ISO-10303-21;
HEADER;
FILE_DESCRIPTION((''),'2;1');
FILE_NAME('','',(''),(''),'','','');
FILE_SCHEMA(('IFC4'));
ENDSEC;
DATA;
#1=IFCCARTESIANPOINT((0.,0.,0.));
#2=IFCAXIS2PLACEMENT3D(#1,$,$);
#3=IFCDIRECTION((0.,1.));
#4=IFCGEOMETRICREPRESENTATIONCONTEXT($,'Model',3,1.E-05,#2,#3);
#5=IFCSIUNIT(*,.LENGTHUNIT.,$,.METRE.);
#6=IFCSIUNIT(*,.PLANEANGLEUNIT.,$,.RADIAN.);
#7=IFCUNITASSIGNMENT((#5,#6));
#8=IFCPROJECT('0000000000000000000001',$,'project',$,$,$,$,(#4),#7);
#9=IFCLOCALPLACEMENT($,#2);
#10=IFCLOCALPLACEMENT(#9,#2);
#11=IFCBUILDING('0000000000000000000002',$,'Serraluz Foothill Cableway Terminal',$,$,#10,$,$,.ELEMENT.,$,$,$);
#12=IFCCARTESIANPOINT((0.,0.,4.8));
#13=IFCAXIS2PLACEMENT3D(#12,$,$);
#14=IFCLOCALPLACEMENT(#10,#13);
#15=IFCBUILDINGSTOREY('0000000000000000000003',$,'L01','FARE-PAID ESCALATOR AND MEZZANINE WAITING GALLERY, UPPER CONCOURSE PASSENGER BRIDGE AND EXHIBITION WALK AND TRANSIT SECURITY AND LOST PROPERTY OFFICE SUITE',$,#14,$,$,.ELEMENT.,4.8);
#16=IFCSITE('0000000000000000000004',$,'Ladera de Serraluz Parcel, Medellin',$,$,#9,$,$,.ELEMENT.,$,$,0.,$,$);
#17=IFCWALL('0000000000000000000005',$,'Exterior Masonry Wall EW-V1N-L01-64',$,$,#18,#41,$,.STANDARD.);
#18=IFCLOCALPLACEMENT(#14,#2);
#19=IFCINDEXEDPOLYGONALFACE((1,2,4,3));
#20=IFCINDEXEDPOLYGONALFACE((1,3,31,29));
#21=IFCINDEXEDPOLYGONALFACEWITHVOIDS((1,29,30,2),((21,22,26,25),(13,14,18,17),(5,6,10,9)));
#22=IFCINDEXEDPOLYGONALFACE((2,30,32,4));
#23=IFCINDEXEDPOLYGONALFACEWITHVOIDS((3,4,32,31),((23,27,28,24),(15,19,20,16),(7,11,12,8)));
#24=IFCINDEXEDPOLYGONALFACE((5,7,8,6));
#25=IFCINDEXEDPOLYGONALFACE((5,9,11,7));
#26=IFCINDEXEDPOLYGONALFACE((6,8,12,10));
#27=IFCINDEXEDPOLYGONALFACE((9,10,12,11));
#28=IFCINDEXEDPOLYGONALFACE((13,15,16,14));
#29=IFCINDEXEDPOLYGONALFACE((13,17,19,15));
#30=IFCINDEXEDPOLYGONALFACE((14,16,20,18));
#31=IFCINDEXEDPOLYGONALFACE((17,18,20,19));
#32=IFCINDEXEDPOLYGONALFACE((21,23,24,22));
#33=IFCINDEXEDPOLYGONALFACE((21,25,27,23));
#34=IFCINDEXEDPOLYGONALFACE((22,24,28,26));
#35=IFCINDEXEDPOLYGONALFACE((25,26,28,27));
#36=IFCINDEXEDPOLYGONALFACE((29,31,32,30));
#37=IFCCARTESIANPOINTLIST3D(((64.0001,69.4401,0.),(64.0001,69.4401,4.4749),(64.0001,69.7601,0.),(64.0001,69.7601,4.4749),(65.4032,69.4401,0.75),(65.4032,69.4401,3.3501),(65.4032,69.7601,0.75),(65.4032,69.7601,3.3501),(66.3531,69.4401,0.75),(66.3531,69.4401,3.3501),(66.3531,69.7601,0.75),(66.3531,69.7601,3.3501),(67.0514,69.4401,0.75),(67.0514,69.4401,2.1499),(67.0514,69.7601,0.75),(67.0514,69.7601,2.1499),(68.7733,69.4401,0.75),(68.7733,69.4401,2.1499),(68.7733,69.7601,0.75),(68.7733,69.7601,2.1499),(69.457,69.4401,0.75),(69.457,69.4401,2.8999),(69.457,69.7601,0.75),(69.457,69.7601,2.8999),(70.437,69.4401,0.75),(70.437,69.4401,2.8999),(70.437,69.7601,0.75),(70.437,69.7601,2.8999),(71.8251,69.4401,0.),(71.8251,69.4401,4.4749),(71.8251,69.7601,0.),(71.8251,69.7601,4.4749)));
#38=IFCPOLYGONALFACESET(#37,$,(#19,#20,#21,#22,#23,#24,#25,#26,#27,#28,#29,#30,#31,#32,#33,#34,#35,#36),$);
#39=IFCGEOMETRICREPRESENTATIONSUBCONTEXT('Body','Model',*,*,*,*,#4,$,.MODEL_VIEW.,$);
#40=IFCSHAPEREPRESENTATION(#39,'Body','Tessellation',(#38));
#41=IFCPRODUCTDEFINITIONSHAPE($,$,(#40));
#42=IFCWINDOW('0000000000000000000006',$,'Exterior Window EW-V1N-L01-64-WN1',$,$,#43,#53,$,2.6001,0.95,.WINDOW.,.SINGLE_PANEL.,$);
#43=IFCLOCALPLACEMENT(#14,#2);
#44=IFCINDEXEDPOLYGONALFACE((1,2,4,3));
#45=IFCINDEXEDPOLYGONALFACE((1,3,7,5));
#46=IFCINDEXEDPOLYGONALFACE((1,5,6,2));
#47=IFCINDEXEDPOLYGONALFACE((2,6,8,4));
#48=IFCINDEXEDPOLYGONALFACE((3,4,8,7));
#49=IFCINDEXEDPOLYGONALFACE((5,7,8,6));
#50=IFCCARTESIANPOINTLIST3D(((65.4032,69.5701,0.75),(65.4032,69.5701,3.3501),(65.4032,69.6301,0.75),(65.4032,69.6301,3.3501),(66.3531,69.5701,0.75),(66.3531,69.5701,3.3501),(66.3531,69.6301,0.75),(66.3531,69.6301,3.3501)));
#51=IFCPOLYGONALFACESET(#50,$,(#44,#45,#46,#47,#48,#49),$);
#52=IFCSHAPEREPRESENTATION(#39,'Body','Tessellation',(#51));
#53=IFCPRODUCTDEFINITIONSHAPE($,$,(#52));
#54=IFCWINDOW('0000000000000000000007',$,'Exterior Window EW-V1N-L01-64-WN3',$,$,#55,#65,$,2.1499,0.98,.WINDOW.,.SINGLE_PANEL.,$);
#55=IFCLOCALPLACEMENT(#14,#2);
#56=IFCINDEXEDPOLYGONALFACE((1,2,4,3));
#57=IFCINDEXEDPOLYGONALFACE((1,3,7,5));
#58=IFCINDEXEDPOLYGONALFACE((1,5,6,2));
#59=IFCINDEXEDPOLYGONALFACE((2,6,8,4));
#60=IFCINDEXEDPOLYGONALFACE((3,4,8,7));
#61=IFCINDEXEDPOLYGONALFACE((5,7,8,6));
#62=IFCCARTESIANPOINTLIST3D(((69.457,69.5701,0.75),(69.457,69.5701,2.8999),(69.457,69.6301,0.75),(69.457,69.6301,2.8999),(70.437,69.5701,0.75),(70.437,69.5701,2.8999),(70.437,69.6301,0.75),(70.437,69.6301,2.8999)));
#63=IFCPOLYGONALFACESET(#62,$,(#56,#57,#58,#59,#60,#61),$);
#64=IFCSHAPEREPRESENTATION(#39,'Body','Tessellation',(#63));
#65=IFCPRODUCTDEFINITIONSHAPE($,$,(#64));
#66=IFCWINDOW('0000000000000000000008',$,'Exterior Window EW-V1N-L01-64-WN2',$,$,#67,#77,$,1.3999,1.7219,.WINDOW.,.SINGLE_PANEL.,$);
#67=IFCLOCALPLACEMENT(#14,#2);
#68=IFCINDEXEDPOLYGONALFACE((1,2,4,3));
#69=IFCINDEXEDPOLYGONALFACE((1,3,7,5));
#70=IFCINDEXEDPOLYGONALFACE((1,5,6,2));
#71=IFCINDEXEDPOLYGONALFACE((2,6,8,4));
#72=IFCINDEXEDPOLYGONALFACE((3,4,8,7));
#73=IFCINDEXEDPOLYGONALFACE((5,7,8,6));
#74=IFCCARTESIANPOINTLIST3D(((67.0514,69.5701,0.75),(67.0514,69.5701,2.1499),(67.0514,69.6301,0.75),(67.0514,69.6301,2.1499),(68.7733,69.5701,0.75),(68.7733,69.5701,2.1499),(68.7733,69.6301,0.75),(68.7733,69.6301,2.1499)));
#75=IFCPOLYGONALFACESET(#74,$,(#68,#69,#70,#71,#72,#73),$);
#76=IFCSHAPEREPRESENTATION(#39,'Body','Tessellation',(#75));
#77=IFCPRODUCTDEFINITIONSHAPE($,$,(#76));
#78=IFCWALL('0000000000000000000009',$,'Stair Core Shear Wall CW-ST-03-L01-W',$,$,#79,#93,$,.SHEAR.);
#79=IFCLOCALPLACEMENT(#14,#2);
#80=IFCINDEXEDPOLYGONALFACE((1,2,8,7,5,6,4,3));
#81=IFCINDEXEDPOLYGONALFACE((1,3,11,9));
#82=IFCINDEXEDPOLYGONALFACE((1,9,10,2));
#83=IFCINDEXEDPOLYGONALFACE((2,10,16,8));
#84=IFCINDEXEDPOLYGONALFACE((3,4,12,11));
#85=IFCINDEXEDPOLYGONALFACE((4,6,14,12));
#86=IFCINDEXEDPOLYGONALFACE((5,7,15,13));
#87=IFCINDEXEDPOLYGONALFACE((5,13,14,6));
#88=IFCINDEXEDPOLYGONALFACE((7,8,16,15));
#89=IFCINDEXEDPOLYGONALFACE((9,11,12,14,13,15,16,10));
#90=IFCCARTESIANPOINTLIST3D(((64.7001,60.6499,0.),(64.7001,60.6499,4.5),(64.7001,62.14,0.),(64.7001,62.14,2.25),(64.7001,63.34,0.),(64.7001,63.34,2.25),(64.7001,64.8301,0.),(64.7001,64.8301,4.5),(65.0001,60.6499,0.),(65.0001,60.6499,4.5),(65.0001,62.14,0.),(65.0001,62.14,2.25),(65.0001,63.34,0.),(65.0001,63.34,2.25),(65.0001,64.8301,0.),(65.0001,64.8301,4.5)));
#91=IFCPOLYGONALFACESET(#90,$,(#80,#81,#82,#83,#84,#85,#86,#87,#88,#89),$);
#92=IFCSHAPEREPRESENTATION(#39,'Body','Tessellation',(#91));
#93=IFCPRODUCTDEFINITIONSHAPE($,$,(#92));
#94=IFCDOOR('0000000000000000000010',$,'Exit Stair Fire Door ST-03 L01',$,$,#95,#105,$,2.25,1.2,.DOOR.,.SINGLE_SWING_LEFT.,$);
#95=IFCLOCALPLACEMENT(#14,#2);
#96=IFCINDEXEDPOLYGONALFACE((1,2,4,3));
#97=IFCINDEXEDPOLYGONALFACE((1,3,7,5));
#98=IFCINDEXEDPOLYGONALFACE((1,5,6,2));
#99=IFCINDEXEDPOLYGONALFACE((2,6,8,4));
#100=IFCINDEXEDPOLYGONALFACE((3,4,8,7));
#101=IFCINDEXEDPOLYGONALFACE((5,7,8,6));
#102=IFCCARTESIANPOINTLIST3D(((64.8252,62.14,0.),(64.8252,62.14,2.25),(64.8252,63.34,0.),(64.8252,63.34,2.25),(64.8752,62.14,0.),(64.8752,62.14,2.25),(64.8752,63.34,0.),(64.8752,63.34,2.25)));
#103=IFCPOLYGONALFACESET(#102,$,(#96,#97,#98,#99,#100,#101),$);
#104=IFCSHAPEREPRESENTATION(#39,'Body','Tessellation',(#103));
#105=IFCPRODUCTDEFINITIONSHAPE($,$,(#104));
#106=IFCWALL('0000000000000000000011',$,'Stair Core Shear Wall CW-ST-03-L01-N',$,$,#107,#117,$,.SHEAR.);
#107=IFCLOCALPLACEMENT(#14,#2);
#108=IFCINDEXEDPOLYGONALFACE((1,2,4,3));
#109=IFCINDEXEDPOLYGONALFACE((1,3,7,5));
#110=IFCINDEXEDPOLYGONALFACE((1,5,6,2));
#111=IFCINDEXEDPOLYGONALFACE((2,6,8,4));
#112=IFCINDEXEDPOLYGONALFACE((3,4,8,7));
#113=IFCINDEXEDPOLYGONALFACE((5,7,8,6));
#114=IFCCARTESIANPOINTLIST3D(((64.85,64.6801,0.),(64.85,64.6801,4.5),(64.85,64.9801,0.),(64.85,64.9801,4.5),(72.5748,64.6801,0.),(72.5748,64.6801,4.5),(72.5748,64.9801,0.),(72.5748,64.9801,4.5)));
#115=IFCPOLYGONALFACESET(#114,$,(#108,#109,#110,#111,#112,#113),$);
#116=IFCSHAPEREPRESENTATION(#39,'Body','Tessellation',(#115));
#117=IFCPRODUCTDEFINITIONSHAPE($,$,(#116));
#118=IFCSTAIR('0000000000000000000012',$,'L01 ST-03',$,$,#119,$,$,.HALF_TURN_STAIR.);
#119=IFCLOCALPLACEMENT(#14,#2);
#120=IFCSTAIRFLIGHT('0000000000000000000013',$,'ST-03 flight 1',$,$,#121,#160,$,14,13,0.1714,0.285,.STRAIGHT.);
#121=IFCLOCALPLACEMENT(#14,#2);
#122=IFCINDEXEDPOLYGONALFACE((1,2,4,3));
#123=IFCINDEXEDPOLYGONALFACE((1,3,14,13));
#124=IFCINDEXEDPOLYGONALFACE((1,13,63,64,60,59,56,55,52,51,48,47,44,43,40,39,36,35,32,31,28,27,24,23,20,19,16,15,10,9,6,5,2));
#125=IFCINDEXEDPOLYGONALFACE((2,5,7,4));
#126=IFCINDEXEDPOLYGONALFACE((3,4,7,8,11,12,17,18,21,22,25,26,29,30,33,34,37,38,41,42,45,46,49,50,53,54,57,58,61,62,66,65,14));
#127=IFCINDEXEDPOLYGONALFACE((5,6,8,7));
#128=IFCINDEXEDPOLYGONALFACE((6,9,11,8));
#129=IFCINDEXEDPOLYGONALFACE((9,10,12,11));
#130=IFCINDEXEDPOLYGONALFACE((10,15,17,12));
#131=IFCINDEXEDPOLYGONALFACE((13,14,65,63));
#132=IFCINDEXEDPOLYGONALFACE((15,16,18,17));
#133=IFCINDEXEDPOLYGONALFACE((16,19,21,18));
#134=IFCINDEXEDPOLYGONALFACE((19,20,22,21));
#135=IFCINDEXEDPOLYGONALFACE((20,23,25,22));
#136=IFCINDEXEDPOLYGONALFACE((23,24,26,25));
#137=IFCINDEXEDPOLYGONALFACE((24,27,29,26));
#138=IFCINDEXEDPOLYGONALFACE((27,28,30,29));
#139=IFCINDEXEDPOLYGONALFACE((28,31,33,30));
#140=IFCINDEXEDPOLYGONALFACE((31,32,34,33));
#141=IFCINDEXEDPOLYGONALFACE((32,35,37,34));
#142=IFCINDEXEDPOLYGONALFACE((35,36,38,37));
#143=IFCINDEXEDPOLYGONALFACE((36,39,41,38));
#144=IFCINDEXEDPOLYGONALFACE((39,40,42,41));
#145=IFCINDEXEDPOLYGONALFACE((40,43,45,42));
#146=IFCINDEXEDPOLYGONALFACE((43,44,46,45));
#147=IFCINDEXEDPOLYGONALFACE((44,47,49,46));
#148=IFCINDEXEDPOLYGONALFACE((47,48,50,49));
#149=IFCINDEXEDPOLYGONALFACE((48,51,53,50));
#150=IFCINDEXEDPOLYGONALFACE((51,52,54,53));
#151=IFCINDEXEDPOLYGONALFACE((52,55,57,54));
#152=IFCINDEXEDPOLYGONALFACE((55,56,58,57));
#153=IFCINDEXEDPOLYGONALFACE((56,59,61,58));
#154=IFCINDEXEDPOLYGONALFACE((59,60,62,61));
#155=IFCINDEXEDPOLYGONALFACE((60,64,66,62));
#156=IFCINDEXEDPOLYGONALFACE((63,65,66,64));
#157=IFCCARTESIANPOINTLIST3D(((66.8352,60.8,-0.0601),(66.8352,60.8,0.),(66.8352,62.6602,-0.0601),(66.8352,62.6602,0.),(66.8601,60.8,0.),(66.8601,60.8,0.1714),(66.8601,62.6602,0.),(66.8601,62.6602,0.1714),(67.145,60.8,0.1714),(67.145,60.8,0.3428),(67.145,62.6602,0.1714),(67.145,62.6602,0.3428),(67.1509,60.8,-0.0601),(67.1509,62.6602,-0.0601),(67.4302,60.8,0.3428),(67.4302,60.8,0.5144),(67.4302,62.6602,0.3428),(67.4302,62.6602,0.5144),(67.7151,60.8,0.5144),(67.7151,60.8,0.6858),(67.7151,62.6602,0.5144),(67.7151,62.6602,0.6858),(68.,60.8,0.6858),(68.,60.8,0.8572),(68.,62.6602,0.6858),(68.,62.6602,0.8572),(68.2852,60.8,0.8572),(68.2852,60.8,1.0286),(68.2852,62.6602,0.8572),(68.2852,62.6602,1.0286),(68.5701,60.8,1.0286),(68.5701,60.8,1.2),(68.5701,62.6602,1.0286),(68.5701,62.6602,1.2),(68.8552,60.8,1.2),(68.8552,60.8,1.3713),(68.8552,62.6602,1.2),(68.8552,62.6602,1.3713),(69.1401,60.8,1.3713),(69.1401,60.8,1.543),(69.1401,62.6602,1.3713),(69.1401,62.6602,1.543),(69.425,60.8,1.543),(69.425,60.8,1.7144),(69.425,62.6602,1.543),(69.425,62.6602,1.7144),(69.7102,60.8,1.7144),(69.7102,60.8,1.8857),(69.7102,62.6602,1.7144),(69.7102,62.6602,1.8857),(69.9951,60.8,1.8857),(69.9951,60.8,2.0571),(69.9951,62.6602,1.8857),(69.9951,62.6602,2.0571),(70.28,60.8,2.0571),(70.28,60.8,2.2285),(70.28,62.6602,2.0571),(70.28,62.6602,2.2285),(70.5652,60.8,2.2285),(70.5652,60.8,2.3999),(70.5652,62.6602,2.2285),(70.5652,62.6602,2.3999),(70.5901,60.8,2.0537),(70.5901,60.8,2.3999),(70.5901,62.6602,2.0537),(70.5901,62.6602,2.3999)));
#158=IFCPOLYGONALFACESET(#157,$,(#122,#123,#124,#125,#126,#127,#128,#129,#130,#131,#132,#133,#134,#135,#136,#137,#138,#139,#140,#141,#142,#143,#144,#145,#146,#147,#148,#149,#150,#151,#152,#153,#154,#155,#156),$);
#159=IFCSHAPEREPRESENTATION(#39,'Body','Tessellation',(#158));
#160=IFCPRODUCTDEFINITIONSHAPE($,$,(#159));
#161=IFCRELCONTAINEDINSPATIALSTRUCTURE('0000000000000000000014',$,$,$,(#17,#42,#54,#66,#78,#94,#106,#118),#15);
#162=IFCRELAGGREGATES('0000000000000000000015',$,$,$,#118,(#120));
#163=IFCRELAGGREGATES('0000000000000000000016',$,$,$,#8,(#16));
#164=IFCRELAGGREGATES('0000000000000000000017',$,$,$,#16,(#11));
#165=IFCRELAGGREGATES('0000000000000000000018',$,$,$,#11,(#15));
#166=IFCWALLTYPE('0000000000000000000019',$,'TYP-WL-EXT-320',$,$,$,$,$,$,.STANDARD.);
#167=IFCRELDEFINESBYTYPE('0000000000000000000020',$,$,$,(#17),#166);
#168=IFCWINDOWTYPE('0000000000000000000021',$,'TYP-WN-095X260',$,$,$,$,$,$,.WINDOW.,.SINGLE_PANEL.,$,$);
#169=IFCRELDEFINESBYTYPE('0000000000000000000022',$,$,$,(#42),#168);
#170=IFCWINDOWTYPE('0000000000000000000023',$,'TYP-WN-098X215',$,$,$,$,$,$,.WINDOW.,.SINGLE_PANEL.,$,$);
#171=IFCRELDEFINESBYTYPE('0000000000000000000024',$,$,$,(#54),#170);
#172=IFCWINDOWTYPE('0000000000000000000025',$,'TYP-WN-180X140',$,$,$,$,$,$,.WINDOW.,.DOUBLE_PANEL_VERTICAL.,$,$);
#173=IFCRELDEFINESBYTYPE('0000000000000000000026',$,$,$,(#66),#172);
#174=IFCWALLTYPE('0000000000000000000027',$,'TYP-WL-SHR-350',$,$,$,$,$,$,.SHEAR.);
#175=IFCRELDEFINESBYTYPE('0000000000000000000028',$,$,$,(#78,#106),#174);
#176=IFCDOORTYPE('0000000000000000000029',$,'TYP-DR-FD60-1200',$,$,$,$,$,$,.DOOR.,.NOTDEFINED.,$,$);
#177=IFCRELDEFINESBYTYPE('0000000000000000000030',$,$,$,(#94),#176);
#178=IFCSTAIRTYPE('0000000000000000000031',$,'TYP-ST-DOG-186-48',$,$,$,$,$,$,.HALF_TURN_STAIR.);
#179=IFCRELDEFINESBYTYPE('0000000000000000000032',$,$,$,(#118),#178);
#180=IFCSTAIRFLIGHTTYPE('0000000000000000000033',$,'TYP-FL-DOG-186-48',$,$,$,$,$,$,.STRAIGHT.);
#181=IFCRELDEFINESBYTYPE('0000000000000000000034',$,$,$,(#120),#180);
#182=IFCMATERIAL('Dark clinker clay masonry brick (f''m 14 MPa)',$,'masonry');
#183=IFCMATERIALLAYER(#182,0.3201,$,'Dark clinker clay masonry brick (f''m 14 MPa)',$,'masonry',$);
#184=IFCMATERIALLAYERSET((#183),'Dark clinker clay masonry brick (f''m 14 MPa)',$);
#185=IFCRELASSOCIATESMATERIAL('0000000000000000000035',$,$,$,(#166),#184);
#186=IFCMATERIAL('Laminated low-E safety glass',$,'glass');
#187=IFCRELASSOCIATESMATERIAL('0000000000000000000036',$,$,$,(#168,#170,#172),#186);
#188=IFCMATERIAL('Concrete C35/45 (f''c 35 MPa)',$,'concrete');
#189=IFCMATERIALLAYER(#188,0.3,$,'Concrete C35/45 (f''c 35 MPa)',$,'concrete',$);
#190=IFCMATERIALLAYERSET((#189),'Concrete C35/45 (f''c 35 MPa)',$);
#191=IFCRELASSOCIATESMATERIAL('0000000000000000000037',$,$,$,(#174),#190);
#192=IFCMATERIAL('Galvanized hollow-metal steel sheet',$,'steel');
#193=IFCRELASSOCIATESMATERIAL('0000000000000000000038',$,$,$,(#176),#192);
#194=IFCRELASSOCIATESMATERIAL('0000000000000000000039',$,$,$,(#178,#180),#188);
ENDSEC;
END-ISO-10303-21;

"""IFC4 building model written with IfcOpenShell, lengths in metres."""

from ifc_helpers import new_model, si_unit, direction, frame, frame_2d, origin, place, context, subcontext, project, spatial, polyline, rectangle, outline, extrude, material, layer, layer_set, type_object, element, fill, aggregate, save


model = new_model("IFC4")

# Units and contexts
model_context = context("Model", 3, precision=1e-05, world=origin(), true_north=direction((0.0, 1.0)))
body_context = subcontext(model_context, "Body", "Model", "MODEL_VIEW")
ifc_project = project(units=[si_unit("LENGTHUNIT", "METRE"), si_unit("PLANEANGLEUNIT", "RADIAN")], contexts=[model_context])

# Site, building, storey
site_placement = place(None, origin())
site = spatial("IfcSite", under=ifc_project, at=site_placement, Name="Ladera de Serraluz Parcel, Medellin", CompositionType="ELEMENT", RefElevation=0.0)
building_placement = place(site_placement, origin())
building = spatial("IfcBuilding", under=site, at=building_placement, Name="Serraluz Foothill Cableway Terminal", CompositionType="ELEMENT")
storey_placement = place(building_placement, frame((0.0, 0.0, 4.8)))
storey = spatial("IfcBuildingStorey", under=building, at=storey_placement, Name="L01", Description="FARE-PAID ESCALATOR AND MEZZANINE WAITING GALLERY, UPPER CONCOURSE PASSENGER BRIDGE AND EXHIBITION WALK AND TRANSIT SECURITY AND LOST PROPERTY OFFICE SUITE", CompositionType="ELEMENT", Elevation=4.8)

# Shared definitions
ifc_material_1 = material(Name="Concrete C35/45 (f'c 35 MPa)", Category="concrete")

# Wall, openings, windows
ifc_material_2 = material(Name="Dark clinker clay masonry brick (f'm 14 MPa)", Category="masonry")
ifc_layer_1 = layer(ifc_material_2, 0.3201, Name="Dark clinker clay masonry brick (f'm 14 MPa)", Category="masonry")
ifc_layer_set_1 = layer_set([ifc_layer_1], Name="Dark clinker clay masonry brick (f'm 14 MPa)")
wall_type_1 = type_object("IfcWallType", Name="TYP-WL-EXT-320", PredefinedType="STANDARD", material=ifc_layer_set_1)
wall_1_placement = place(storey_placement, frame((64.0, 69.6001, 0.0), z_axis=(0.0, 0.0, 1.0), x_axis=(1.0, 0.0, 0.0)))
wall_1 = element("IfcWall", 1, at=wall_1_placement, inside=storey, type_object=wall_type_1, Name="Exterior Masonry Wall EW-V1N-L01-64", PredefinedType="STANDARD", context=body_context, shape_type="SweptSolid", body=[
    extrude(rectangle(XDim=7.825, YDim=0.3201, at=frame_2d((3.9126, 0.0))), origin(), (0.0, 0.0, 1.0), 4.4749),
])
opening_1_placement = place(wall_1_placement, frame((1.4031, 0.0, 0.75)))
opening_1 = element("IfcOpeningElement", 2, at=opening_1_placement, cuts=wall_1, PredefinedType="OPENING", context=body_context, shape_type="SweptSolid", body=[
    extrude(rectangle(XDim=0.95, YDim=2.6001, at=frame_2d((0.4751, 1.3))), frame((0.0, 0.1699, 0.0), z_axis=(0.0, -1.0, 0.0), x_axis=(1.0, 0.0, 0.0)), (0.0, 0.0, 1.0), 0.3401),
])
opening_2_placement = place(wall_1_placement, frame((3.0515, 0.0, 0.75)))
opening_2 = element("IfcOpeningElement", 3, at=opening_2_placement, cuts=wall_1, PredefinedType="OPENING", context=body_context, shape_type="SweptSolid", body=[
    extrude(rectangle(XDim=1.7219, YDim=1.3999, at=frame_2d((0.8608, 0.7))), frame((0.0, 0.1699, 0.0), z_axis=(0.0, -1.0, 0.0), x_axis=(1.0, 0.0, 0.0)), (0.0, 0.0, 1.0), 0.3401),
])
opening_3_placement = place(wall_1_placement, frame((5.457, 0.0, 0.75)))
opening_3 = element("IfcOpeningElement", 4, at=opening_3_placement, cuts=wall_1, PredefinedType="OPENING", context=body_context, shape_type="SweptSolid", body=[
    extrude(rectangle(XDim=0.98, YDim=2.1499, at=frame_2d((0.49, 1.075))), frame((0.0, 0.1699, 0.0), z_axis=(0.0, -1.0, 0.0), x_axis=(1.0, 0.0, 0.0)), (0.0, 0.0, 1.0), 0.3401),
])
ifc_material_3 = material(Name="Laminated low-E safety glass", Category="glass")
window_type_1 = type_object("IfcWindowType", Name="TYP-WN-095X260", PartitioningType="SINGLE_PANEL", PredefinedType="WINDOW", material=ifc_material_3)
window_1_placement = place(opening_1_placement, origin())
window_1 = element("IfcWindow", 5, at=window_1_placement, inside=storey, type_object=window_type_1, Name="Exterior Window EW-V1N-L01-64-WN1", OverallHeight=2.6001, OverallWidth=0.95, PartitioningType="SINGLE_PANEL", PredefinedType="WINDOW", context=body_context, shape_type="SweptSolid", body=[
    extrude(rectangle(XDim=0.95, YDim=2.6001, at=frame_2d((0.4751, 1.3))), frame((0.0, 0.03, 0.0), z_axis=(0.0, -1.0, 0.0), x_axis=(1.0, 0.0, 0.0)), (0.0, 0.0, 1.0), 0.0601),
])
fill(opening_1, window_1)
window_type_2 = type_object("IfcWindowType", Name="TYP-WN-098X215", PartitioningType="SINGLE_PANEL", PredefinedType="WINDOW", material=ifc_material_3)
window_2_placement = place(opening_3_placement, origin())
window_2 = element("IfcWindow", 6, at=window_2_placement, inside=storey, type_object=window_type_2, Name="Exterior Window EW-V1N-L01-64-WN3", OverallHeight=2.1499, OverallWidth=0.98, PartitioningType="SINGLE_PANEL", PredefinedType="WINDOW", context=body_context, shape_type="SweptSolid", body=[
    extrude(rectangle(XDim=0.98, YDim=2.1499, at=frame_2d((0.49, 1.075))), frame((0.0, 0.03, 0.0), z_axis=(0.0, -1.0, 0.0), x_axis=(1.0, 0.0, 0.0)), (0.0, 0.0, 1.0), 0.0601),
])
fill(opening_3, window_2)
window_type_3 = type_object("IfcWindowType", Name="TYP-WN-180X140", PartitioningType="DOUBLE_PANEL_VERTICAL", PredefinedType="WINDOW", material=ifc_material_3)
window_3_placement = place(opening_2_placement, origin())
window_3 = element("IfcWindow", 7, at=window_3_placement, inside=storey, type_object=window_type_3, Name="Exterior Window EW-V1N-L01-64-WN2", OverallHeight=1.3999, OverallWidth=1.7219, PartitioningType="SINGLE_PANEL", PredefinedType="WINDOW", context=body_context, shape_type="SweptSolid", body=[
    extrude(rectangle(XDim=1.7219, YDim=1.3999, at=frame_2d((0.8608, 0.7))), frame((0.0, 0.03, 0.0), z_axis=(0.0, -1.0, 0.0), x_axis=(1.0, 0.0, 0.0)), (0.0, 0.0, 1.0), 0.0601),
])
fill(opening_2, window_3)

# Wall, opening, door
ifc_layer_2 = layer(ifc_material_1, 0.3, Name="Concrete C35/45 (f'c 35 MPa)", Category="concrete")
ifc_layer_set_2 = layer_set([ifc_layer_2], Name="Concrete C35/45 (f'c 35 MPa)")
wall_type_2 = type_object("IfcWallType", Name="TYP-WL-SHR-350", PredefinedType="SHEAR", material=ifc_layer_set_2)
wall_2_placement = place(storey_placement, frame((64.8501, 60.6499, 0.0), z_axis=(0.0, 0.0, 1.0), x_axis=(0.0, 1.0, 0.0)))
wall_2 = element("IfcWall", 8, at=wall_2_placement, inside=storey, type_object=wall_type_2, Name="Stair Core Shear Wall CW-ST-03-L01-W", PredefinedType="SHEAR", context=body_context, shape_type="SweptSolid", body=[
    extrude(rectangle(XDim=4.1802, YDim=0.3, at=frame_2d((2.0901, 0.0))), origin(), (0.0, 0.0, 1.0), 4.5),
])
opening_4_placement = place(wall_2_placement, frame((1.49, 0.0, 0.0)))
opening_4 = element("IfcOpeningElement", 9, at=opening_4_placement, cuts=wall_2, PredefinedType="OPENING", context=body_context, shape_type="SweptSolid", body=[
    extrude(rectangle(XDim=1.2, YDim=2.25, at=frame_2d((0.6001, 1.125))), frame((0.0, 0.1602, 0.0), z_axis=(0.0, -1.0, 0.0), x_axis=(1.0, 0.0, 0.0)), (0.0, 0.0, 1.0), 0.3201),
])
ifc_material_4 = material(Name="Galvanized hollow-metal steel sheet", Category="steel")
door_type = type_object("IfcDoorType", Name="TYP-DR-FD60-1200", OperationType="NOTDEFINED", PredefinedType="DOOR", material=ifc_material_4)
door_placement = place(opening_4_placement, origin())
door = element("IfcDoor", 10, at=door_placement, inside=storey, type_object=door_type, Name="Exit Stair Fire Door ST-03 L01", OperationType="SINGLE_SWING_LEFT", OverallHeight=2.25, OverallWidth=1.2, PredefinedType="DOOR", context=body_context, shape_type="SweptSolid", body=[
    extrude(rectangle(XDim=1.2, YDim=2.25, at=frame_2d((0.6001, 1.125))), frame((0.0, 0.0249, 0.0), z_axis=(0.0, -1.0, 0.0), x_axis=(1.0, 0.0, 0.0)), (0.0, 0.0, 1.0), 0.05),
])
fill(opening_4, door)

# Wall
wall_3_placement = place(storey_placement, frame((64.8501, 64.8301, 0.0), z_axis=(0.0, 0.0, 1.0), x_axis=(1.0, 0.0, 0.0)))
element("IfcWall", 11, at=wall_3_placement, inside=storey, type_object=wall_type_2, Name="Stair Core Shear Wall CW-ST-03-L01-N", PredefinedType="SHEAR", context=body_context, shape_type="SweptSolid", body=[
    extrude(rectangle(XDim=7.7249, YDim=0.3, at=frame_2d((3.8623, 0.0))), origin(), (0.0, 0.0, 1.0), 4.5),
])

# Stair, stair flight
stair_type = type_object("IfcStairType", Name="TYP-ST-DOG-186-48", PredefinedType="HALF_TURN_STAIR", material=ifc_material_1)
stair_placement = place(storey_placement, origin())
stair = element("IfcStair", 12, at=stair_placement, inside=storey, type_object=stair_type, Name="L01 ST-03", PredefinedType="HALF_TURN_STAIR")
stair_flight_type = type_object("IfcStairFlightType", Name="TYP-FL-DOG-186-48", PredefinedType="STRAIGHT", material=ifc_material_1)
stair_flight_placement = place(storey_placement, frame((66.8601, 61.73, 0.0), z_axis=(0.0, 0.0, 1.0), x_axis=(1.0, 0.0, 0.0)))
stair_flight = element("IfcStairFlight", 13, at=stair_flight_placement, type_object=stair_flight_type, Name="ST-03 flight 1", NumberOfRisers=14, NumberOfTreads=13, PredefinedType="STRAIGHT", RiserHeight=0.1714, TreadLength=0.285, context=body_context, shape_type="SweptSolid", body=[
    extrude(outline(polyline([(-0.0249, -0.0601), (-0.0249, 0.0), (0.0, 0.0), (0.0, 0.1714), (0.2849, 0.1714), (0.2849, 0.3428), (0.5701, 0.3428), (0.5701, 0.5144), (0.855, 0.5144), (0.855, 0.6858), (1.1399, 0.6858), (1.1399, 0.8572), (1.425, 0.8572), (1.425, 1.0286), (1.71, 1.0286), (1.71, 1.2), (1.9951, 1.2), (1.9951, 1.3713), (2.28, 1.3713), (2.28, 1.543), (2.5649, 1.543), (2.5649, 1.7144), (2.8501, 1.7144), (2.8501, 1.8857), (3.135, 1.8857), (3.135, 2.0571), (3.4199, 2.0571), (3.4199, 2.2285), (3.7051, 2.2285), (3.7051, 2.3999), (3.73, 2.3999), (3.73, 2.0537), (0.2908, -0.0601), (-0.0249, -0.0601)])), frame((0.0, 0.9302, 0.0), z_axis=(0.0, -1.0, 0.0), x_axis=(1.0, 0.0, 0.0)), (0.0, 0.0, 1.0), 1.8601),
])
aggregate(stair, [stair_flight])

save(model, "model.ifc")
